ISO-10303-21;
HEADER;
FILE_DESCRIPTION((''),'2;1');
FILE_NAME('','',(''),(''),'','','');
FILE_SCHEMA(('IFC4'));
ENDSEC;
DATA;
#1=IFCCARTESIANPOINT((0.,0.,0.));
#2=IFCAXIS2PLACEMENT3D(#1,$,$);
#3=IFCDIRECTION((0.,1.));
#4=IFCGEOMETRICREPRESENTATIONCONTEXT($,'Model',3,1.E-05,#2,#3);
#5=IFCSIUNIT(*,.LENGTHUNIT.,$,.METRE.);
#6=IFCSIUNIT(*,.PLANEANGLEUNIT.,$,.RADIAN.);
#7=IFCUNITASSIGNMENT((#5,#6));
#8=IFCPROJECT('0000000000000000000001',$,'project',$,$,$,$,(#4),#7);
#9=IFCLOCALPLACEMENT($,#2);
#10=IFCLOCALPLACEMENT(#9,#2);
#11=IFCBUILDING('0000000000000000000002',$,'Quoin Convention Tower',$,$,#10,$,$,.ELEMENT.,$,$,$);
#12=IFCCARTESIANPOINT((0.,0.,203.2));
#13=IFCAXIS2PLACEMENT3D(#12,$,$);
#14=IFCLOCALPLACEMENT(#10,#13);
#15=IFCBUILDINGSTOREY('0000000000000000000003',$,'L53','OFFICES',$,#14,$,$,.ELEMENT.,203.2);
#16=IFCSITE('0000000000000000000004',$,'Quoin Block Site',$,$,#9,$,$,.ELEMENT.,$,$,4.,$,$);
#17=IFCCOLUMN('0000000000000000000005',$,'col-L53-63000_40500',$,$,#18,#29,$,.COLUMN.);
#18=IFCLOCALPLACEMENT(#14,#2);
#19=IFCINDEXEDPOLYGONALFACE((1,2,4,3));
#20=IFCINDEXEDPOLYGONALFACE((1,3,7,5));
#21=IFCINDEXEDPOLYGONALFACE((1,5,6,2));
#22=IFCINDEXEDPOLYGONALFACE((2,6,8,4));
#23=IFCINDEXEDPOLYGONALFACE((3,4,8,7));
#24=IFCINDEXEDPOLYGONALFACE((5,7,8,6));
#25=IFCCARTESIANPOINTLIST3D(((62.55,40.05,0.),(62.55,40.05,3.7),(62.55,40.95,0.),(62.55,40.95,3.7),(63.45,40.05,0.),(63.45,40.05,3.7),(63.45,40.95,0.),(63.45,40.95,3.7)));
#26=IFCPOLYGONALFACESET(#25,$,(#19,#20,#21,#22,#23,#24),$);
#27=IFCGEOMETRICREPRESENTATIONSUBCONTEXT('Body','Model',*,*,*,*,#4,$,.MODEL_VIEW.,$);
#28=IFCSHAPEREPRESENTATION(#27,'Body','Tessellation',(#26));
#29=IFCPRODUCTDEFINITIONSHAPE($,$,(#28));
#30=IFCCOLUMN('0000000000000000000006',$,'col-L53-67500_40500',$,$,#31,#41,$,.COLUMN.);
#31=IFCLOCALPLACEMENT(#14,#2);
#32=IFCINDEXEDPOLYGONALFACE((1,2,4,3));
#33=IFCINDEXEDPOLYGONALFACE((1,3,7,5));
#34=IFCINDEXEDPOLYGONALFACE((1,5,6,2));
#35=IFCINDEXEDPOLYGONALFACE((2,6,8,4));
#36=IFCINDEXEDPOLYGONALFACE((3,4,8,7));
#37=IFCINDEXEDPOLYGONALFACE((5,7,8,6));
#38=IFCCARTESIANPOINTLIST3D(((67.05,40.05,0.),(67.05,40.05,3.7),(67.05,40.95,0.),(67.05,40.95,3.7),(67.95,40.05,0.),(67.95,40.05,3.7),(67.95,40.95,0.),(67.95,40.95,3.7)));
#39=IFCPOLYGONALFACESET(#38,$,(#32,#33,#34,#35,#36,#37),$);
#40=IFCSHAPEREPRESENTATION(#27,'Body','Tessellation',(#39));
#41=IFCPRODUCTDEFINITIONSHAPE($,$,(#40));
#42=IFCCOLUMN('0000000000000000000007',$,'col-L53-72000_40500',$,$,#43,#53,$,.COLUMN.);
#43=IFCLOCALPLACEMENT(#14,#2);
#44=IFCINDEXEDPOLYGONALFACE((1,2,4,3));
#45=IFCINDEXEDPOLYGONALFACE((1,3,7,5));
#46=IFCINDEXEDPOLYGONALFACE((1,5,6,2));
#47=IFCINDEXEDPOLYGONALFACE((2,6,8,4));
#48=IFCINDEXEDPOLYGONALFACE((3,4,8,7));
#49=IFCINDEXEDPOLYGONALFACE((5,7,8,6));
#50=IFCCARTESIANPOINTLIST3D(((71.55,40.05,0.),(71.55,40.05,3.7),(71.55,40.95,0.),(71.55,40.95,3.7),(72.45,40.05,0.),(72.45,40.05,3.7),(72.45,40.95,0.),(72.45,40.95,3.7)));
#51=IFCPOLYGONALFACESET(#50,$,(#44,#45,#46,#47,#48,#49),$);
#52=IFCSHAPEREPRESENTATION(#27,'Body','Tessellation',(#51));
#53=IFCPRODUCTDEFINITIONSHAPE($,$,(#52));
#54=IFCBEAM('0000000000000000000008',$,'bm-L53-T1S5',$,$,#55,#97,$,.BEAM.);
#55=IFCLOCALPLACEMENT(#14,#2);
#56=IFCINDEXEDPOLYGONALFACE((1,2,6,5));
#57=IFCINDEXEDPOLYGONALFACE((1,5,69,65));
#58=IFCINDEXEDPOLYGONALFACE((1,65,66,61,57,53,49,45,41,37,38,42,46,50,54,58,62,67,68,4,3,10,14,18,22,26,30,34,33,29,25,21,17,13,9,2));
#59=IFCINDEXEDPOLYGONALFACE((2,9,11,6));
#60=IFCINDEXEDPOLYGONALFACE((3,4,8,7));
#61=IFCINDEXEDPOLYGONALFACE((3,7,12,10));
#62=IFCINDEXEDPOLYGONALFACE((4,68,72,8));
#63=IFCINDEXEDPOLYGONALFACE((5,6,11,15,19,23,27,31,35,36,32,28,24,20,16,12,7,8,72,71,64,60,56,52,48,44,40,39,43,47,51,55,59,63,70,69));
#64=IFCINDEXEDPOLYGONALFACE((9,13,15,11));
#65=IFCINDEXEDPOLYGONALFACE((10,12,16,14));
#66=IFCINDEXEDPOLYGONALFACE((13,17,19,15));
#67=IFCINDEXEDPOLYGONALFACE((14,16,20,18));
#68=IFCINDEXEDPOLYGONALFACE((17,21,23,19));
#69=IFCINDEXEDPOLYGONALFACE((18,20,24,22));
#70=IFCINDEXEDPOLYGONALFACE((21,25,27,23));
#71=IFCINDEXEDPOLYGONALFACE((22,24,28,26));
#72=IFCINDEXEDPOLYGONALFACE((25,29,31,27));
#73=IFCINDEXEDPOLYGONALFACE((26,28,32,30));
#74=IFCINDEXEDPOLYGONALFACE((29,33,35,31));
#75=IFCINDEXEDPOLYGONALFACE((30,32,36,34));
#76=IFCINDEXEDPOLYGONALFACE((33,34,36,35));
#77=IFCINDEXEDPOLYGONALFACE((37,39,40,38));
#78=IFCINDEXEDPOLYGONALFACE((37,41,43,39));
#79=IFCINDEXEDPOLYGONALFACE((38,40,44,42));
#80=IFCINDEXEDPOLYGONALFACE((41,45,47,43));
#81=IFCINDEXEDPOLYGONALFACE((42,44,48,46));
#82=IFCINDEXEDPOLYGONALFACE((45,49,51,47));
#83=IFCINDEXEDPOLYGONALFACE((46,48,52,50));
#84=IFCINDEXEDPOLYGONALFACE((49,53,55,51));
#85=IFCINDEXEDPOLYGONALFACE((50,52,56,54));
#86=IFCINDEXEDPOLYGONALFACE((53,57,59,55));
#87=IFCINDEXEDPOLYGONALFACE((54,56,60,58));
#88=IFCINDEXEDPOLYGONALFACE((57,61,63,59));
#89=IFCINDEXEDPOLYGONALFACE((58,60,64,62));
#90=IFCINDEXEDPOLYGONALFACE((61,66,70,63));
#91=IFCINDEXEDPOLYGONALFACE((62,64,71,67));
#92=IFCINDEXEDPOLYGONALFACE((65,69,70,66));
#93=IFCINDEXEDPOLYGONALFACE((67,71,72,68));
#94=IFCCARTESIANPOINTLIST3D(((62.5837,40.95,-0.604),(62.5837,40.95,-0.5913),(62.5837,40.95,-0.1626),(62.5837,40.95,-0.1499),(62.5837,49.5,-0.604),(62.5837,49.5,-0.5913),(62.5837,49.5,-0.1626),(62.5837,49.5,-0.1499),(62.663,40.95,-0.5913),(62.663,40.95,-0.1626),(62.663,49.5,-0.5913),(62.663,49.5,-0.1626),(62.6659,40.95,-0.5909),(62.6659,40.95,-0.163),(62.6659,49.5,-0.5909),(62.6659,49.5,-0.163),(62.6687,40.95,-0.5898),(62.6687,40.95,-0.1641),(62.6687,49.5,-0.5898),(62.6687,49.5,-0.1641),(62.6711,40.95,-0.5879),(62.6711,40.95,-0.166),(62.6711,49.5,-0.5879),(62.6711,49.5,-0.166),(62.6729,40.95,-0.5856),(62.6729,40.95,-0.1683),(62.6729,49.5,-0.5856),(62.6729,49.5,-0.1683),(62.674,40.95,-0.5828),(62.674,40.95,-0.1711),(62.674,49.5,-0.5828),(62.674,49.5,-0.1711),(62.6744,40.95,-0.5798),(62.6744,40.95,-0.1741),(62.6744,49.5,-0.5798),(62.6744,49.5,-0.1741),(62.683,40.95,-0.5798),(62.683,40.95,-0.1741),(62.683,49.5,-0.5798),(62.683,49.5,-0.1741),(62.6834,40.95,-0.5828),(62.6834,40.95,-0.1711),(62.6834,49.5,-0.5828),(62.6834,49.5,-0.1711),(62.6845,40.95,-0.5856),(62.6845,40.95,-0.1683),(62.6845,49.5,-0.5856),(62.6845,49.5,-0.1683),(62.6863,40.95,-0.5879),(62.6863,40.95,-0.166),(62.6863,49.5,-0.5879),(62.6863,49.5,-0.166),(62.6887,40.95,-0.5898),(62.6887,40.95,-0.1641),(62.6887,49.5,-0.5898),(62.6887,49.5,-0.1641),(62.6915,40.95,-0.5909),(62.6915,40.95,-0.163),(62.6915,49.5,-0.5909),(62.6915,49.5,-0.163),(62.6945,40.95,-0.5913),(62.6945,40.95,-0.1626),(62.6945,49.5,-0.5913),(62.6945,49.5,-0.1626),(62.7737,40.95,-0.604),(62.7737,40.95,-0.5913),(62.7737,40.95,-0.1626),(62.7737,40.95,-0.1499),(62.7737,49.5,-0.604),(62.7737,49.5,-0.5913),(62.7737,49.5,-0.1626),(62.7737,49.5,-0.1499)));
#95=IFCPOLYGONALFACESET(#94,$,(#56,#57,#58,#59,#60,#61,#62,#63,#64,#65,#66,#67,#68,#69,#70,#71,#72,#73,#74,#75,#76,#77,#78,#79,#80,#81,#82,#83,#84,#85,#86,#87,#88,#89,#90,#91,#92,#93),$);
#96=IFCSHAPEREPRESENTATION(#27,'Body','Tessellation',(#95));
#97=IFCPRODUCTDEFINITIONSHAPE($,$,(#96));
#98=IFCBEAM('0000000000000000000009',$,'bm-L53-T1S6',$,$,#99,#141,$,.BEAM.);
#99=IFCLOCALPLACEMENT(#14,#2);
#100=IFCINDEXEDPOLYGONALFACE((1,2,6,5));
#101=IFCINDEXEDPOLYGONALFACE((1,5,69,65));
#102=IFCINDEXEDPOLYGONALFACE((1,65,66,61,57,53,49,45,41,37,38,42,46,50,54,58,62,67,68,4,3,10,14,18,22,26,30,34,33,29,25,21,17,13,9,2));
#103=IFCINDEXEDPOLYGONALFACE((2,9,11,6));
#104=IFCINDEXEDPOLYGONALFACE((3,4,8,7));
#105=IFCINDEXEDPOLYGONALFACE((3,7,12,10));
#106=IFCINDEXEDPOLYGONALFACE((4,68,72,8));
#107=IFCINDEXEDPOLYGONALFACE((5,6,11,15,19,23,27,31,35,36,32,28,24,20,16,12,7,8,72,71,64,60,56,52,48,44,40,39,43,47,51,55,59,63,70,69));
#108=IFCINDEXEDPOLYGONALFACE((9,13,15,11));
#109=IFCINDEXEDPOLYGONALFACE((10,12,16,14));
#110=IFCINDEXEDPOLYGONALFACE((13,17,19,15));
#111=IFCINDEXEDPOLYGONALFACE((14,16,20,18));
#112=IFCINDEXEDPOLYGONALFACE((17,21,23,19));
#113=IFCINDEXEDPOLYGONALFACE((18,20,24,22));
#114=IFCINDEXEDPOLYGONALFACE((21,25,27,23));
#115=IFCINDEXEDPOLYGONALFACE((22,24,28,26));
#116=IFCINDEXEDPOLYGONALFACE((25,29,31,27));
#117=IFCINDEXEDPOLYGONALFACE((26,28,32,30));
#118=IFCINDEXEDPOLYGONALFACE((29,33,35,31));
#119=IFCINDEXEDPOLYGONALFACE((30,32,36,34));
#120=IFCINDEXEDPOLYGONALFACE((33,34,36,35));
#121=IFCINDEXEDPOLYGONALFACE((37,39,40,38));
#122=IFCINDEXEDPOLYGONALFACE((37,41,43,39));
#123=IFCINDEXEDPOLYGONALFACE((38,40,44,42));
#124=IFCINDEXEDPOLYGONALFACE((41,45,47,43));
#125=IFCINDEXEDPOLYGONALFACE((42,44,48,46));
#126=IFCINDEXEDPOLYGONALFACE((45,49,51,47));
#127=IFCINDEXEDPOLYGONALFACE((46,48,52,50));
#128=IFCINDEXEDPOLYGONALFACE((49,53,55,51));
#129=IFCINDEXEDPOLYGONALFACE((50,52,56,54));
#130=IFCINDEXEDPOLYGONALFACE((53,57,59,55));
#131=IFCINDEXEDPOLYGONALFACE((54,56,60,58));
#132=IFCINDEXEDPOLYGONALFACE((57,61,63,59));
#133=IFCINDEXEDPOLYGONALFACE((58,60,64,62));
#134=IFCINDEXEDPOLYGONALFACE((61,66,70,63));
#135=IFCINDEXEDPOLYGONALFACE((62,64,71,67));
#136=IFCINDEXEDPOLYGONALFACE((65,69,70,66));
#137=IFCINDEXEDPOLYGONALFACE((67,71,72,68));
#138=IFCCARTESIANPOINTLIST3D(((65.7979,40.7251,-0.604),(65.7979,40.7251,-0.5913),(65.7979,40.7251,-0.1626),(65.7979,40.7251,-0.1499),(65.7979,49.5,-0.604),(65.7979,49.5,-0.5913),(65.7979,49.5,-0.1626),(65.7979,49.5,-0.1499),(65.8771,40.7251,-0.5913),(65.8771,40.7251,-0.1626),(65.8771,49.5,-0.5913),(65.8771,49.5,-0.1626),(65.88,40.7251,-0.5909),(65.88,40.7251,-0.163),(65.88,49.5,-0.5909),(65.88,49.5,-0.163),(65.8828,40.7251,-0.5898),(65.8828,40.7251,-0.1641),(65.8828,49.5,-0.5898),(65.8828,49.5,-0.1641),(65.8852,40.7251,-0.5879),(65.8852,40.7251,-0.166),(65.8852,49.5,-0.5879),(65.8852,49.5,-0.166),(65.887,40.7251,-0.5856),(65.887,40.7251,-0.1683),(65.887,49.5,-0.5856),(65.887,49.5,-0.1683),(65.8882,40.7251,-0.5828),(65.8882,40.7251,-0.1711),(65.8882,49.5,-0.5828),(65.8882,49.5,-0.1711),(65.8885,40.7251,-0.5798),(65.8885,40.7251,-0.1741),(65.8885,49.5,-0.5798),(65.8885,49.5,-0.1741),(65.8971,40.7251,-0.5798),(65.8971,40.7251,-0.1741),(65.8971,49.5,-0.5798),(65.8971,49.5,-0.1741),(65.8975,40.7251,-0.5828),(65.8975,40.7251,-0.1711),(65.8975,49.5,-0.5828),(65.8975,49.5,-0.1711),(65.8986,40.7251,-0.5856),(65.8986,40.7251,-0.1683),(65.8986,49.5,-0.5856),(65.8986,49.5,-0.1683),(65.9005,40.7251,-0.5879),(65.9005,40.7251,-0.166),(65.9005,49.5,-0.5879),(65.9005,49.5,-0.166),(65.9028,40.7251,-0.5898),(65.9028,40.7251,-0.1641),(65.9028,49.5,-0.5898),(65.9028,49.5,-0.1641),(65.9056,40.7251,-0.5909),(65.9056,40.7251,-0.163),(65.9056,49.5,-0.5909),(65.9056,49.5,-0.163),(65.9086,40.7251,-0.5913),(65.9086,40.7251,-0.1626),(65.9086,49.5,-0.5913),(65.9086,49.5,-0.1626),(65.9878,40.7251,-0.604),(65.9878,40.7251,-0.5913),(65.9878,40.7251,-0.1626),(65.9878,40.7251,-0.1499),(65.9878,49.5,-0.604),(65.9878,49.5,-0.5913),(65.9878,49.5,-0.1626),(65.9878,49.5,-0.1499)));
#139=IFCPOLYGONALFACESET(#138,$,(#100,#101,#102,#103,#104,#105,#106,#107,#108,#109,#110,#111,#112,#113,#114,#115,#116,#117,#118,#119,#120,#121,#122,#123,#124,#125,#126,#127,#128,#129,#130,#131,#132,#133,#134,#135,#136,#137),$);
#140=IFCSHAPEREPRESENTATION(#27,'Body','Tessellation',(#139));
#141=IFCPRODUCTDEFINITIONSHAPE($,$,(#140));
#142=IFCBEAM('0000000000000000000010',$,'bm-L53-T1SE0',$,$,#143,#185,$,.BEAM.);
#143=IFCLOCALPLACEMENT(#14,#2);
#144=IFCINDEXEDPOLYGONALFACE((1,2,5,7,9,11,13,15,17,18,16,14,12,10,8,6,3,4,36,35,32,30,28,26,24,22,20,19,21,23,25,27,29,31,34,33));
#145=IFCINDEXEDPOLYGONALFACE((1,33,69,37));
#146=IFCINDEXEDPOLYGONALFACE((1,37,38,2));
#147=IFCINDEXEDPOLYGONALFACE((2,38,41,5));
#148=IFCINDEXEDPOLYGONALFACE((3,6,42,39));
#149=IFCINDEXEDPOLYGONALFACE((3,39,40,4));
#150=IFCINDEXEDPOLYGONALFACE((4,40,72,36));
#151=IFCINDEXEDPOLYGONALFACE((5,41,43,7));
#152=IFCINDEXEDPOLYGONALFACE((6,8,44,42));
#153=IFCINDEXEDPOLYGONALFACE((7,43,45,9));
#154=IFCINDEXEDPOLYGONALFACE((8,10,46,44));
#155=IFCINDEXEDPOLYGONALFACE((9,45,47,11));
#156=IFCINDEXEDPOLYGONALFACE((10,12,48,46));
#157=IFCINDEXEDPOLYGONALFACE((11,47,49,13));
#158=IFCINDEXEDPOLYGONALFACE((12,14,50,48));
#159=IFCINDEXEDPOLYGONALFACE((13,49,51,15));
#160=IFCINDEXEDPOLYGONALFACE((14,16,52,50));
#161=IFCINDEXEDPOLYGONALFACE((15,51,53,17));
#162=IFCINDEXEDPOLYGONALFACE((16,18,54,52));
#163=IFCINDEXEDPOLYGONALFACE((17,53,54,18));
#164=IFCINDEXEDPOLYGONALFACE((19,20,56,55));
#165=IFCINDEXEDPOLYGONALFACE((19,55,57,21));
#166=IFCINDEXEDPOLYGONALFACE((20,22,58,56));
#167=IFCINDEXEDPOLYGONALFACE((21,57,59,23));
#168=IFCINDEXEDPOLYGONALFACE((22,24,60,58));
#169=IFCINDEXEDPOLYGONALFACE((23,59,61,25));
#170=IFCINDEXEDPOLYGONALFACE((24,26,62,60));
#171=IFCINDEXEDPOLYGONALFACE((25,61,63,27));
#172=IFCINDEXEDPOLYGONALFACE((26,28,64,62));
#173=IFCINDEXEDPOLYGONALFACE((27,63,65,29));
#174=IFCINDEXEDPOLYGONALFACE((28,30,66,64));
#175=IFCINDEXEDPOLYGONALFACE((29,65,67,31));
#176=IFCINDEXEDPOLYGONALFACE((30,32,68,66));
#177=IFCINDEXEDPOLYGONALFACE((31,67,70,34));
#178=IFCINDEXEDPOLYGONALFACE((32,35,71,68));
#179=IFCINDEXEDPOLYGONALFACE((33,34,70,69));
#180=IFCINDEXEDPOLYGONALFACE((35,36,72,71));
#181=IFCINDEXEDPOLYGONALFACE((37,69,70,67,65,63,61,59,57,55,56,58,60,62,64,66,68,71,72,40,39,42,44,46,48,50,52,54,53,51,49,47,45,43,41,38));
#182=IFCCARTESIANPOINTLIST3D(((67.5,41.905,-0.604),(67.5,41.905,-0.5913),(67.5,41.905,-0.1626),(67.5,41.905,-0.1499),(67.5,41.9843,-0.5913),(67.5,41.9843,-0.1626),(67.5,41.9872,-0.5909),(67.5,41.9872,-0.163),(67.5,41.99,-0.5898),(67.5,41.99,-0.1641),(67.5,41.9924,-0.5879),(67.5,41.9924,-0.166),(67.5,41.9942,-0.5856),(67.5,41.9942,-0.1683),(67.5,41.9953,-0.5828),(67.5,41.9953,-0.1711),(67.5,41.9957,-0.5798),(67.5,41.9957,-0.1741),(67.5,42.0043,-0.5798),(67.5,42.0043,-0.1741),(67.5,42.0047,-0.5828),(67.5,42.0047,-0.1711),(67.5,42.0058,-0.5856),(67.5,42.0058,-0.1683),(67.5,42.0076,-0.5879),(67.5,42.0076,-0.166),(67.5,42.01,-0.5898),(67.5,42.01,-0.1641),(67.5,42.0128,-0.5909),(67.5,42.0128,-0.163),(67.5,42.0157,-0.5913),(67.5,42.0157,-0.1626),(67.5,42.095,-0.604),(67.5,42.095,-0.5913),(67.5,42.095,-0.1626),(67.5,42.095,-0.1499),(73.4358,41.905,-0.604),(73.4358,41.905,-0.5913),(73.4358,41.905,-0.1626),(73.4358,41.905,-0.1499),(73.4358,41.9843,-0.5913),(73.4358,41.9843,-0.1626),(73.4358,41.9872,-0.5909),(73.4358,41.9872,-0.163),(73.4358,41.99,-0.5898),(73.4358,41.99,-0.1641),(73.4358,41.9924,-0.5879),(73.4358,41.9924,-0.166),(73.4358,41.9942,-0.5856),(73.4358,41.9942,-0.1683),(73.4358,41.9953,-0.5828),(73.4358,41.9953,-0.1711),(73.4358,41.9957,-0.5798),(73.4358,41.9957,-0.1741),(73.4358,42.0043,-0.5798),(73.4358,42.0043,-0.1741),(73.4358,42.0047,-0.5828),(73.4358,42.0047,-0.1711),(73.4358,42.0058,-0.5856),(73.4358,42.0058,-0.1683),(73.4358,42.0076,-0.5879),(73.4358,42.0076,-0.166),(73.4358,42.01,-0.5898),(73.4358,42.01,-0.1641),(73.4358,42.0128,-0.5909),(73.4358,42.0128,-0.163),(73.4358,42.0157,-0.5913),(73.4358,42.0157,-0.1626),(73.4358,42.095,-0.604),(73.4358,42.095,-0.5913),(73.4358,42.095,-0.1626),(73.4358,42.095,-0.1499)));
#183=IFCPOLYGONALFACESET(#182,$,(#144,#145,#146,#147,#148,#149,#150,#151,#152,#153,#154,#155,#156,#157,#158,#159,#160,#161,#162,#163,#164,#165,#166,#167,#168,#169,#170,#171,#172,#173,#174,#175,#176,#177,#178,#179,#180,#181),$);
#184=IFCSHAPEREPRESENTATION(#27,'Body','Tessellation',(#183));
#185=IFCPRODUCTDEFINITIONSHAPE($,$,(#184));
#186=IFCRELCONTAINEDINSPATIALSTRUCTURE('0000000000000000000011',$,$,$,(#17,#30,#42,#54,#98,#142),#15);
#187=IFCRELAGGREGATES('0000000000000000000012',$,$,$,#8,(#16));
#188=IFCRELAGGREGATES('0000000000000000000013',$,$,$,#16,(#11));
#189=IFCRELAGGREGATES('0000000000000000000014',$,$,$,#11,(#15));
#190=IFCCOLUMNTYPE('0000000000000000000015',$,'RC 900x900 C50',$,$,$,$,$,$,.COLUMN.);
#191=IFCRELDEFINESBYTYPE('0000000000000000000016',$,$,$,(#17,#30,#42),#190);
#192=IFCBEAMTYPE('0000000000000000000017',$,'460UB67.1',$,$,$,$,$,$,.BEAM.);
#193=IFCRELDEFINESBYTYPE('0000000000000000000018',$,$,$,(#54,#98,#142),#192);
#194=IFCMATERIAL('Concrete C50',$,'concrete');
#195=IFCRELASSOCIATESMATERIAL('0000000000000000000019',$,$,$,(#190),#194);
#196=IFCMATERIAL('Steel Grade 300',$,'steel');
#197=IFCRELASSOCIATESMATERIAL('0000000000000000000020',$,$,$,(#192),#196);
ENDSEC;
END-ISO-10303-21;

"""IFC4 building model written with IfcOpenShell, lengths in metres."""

from ifc_helpers import new_model, si_unit, direction, frame, origin, origin_2d, place, context, subcontext, project, spatial, rectangle, i_section, extrude, material, material_profile, profile_set, type_object, element, save


model = new_model("IFC4")

# Units and contexts
model_context = context("Model", 3, precision=1e-05, world=origin(), true_north=direction((0.0, 1.0)))
body_context = subcontext(model_context, "Body", "Model", "MODEL_VIEW")
ifc_project = project(units=[si_unit("LENGTHUNIT", "METRE"), si_unit("PLANEANGLEUNIT", "RADIAN")], contexts=[model_context])

# Site, building, storey
site_placement = place(None, origin())
site = spatial("IfcSite", under=ifc_project, at=site_placement, Name="Quoin Block Site", CompositionType="ELEMENT", RefElevation=4.0)
building_placement = place(site_placement, origin())
building = spatial("IfcBuilding", under=site, at=building_placement, Name="Quoin Convention Tower", CompositionType="ELEMENT")
storey_placement = place(building_placement, frame((0.0, 0.0, 203.2)))
storey = spatial("IfcBuildingStorey", under=building, at=storey_placement, Name="L53", Description="OFFICES", CompositionType="ELEMENT", Elevation=203.2)

# Columns
ifc_material_1 = material(Name="Concrete C50", Category="concrete")
ifc_material_profile_1 = material_profile(ifc_material_1, rectangle(XDim=0.8999, YDim=0.8999, at=origin_2d()), Name="RC 900x900")
ifc_profile_set_1 = profile_set([ifc_material_profile_1], Name="Concrete C50")
column_type = type_object("IfcColumnType", Name="RC 900x900 C50", PredefinedType="COLUMN", material=ifc_profile_set_1)
for number, where, z_axis, x_axis, name in (
    (1, (63.0, 40.5, 0.0), (0.0, 0.0, 1.0), (1.0, 0.0, 0.0), "col-L53-63000_40500"),
    (2, (67.5, 40.5, 0.0), (0.0, 0.0, 1.0), (1.0, 0.0, 0.0), "col-L53-67500_40500"),
    (3, (72.0, 40.5, 0.0), (0.0, 0.0, 1.0), (1.0, 0.0, 0.0), "col-L53-72000_40500"),
):
    element("IfcColumn", number, at=place(storey_placement, frame(where, z_axis=z_axis, x_axis=x_axis)), inside=storey, type_object=column_type, Name=name, PredefinedType="COLUMN", context=body_context, shape_type="SweptSolid", body=[
        extrude(rectangle(XDim=0.8999, YDim=0.8999, at=origin_2d()), origin(), (0.0, 0.0, 1.0), 3.7),
    ])

# Beams
ifc_material_2 = material(Name="Steel Grade 300", Category="steel")
ifc_material_profile_2 = material_profile(ifc_material_2, i_section(OverallWidth=0.1899, OverallDepth=0.4541, WebThickness=0.0085, FlangeThickness=0.0127, FilletRadius=0.0115, at=origin_2d()), Name="460UB67.1")
ifc_profile_set_2 = profile_set([ifc_material_profile_2], Name="Steel Grade 300")
beam_type_1 = type_object("IfcBeamType", Name="460UB67.1", PredefinedType="BEAM", material=ifc_profile_set_2)
beam_1_placement = place(storey_placement, frame((62.6787, 40.95, -0.377), z_axis=(0.0, 1.0, 0.0), x_axis=(-1.0, 0.0, 0.0)))
element("IfcBeam", 4, at=beam_1_placement, inside=storey, type_object=beam_type_1, Name="bm-L53-T1S5", PredefinedType="BEAM", context=body_context, shape_type="SweptSolid", body=[
    extrude(i_section(OverallWidth=0.1899, OverallDepth=0.4541, WebThickness=0.0085, FlangeThickness=0.0127, FilletRadius=0.0115, at=origin_2d()), origin(), (0.0, 0.0, 1.0), 8.55),
])
beam_2_placement = place(storey_placement, frame((65.8928, 40.7251, -0.377), z_axis=(0.0, 1.0, 0.0), x_axis=(-1.0, 0.0, 0.0)))
element("IfcBeam", 5, at=beam_2_placement, inside=storey, type_object=beam_type_1, Name="bm-L53-T1S6", PredefinedType="BEAM", context=body_context, shape_type="SweptSolid", body=[
    extrude(i_section(OverallWidth=0.1899, OverallDepth=0.4541, WebThickness=0.0085, FlangeThickness=0.0127, FilletRadius=0.0115, at=origin_2d()), origin(), (0.0, 0.0, 1.0), 8.7749),
])
beam_3_placement = place(storey_placement, frame((67.5, 42.0, -0.377), z_axis=(1.0, 0.0, 0.0), x_axis=(0.0, 1.0, 0.0)))
element("IfcBeam", 6, at=beam_3_placement, inside=storey, type_object=beam_type_1, Name="bm-L53-T1SE0", PredefinedType="BEAM", context=body_context, shape_type="SweptSolid", body=[
    extrude(i_section(OverallWidth=0.1899, OverallDepth=0.4541, WebThickness=0.0085, FlangeThickness=0.0127, FilletRadius=0.0115, at=origin_2d()), origin(), (0.0, 0.0, 1.0), 5.9358),
])

save(model, "model.ifc")
